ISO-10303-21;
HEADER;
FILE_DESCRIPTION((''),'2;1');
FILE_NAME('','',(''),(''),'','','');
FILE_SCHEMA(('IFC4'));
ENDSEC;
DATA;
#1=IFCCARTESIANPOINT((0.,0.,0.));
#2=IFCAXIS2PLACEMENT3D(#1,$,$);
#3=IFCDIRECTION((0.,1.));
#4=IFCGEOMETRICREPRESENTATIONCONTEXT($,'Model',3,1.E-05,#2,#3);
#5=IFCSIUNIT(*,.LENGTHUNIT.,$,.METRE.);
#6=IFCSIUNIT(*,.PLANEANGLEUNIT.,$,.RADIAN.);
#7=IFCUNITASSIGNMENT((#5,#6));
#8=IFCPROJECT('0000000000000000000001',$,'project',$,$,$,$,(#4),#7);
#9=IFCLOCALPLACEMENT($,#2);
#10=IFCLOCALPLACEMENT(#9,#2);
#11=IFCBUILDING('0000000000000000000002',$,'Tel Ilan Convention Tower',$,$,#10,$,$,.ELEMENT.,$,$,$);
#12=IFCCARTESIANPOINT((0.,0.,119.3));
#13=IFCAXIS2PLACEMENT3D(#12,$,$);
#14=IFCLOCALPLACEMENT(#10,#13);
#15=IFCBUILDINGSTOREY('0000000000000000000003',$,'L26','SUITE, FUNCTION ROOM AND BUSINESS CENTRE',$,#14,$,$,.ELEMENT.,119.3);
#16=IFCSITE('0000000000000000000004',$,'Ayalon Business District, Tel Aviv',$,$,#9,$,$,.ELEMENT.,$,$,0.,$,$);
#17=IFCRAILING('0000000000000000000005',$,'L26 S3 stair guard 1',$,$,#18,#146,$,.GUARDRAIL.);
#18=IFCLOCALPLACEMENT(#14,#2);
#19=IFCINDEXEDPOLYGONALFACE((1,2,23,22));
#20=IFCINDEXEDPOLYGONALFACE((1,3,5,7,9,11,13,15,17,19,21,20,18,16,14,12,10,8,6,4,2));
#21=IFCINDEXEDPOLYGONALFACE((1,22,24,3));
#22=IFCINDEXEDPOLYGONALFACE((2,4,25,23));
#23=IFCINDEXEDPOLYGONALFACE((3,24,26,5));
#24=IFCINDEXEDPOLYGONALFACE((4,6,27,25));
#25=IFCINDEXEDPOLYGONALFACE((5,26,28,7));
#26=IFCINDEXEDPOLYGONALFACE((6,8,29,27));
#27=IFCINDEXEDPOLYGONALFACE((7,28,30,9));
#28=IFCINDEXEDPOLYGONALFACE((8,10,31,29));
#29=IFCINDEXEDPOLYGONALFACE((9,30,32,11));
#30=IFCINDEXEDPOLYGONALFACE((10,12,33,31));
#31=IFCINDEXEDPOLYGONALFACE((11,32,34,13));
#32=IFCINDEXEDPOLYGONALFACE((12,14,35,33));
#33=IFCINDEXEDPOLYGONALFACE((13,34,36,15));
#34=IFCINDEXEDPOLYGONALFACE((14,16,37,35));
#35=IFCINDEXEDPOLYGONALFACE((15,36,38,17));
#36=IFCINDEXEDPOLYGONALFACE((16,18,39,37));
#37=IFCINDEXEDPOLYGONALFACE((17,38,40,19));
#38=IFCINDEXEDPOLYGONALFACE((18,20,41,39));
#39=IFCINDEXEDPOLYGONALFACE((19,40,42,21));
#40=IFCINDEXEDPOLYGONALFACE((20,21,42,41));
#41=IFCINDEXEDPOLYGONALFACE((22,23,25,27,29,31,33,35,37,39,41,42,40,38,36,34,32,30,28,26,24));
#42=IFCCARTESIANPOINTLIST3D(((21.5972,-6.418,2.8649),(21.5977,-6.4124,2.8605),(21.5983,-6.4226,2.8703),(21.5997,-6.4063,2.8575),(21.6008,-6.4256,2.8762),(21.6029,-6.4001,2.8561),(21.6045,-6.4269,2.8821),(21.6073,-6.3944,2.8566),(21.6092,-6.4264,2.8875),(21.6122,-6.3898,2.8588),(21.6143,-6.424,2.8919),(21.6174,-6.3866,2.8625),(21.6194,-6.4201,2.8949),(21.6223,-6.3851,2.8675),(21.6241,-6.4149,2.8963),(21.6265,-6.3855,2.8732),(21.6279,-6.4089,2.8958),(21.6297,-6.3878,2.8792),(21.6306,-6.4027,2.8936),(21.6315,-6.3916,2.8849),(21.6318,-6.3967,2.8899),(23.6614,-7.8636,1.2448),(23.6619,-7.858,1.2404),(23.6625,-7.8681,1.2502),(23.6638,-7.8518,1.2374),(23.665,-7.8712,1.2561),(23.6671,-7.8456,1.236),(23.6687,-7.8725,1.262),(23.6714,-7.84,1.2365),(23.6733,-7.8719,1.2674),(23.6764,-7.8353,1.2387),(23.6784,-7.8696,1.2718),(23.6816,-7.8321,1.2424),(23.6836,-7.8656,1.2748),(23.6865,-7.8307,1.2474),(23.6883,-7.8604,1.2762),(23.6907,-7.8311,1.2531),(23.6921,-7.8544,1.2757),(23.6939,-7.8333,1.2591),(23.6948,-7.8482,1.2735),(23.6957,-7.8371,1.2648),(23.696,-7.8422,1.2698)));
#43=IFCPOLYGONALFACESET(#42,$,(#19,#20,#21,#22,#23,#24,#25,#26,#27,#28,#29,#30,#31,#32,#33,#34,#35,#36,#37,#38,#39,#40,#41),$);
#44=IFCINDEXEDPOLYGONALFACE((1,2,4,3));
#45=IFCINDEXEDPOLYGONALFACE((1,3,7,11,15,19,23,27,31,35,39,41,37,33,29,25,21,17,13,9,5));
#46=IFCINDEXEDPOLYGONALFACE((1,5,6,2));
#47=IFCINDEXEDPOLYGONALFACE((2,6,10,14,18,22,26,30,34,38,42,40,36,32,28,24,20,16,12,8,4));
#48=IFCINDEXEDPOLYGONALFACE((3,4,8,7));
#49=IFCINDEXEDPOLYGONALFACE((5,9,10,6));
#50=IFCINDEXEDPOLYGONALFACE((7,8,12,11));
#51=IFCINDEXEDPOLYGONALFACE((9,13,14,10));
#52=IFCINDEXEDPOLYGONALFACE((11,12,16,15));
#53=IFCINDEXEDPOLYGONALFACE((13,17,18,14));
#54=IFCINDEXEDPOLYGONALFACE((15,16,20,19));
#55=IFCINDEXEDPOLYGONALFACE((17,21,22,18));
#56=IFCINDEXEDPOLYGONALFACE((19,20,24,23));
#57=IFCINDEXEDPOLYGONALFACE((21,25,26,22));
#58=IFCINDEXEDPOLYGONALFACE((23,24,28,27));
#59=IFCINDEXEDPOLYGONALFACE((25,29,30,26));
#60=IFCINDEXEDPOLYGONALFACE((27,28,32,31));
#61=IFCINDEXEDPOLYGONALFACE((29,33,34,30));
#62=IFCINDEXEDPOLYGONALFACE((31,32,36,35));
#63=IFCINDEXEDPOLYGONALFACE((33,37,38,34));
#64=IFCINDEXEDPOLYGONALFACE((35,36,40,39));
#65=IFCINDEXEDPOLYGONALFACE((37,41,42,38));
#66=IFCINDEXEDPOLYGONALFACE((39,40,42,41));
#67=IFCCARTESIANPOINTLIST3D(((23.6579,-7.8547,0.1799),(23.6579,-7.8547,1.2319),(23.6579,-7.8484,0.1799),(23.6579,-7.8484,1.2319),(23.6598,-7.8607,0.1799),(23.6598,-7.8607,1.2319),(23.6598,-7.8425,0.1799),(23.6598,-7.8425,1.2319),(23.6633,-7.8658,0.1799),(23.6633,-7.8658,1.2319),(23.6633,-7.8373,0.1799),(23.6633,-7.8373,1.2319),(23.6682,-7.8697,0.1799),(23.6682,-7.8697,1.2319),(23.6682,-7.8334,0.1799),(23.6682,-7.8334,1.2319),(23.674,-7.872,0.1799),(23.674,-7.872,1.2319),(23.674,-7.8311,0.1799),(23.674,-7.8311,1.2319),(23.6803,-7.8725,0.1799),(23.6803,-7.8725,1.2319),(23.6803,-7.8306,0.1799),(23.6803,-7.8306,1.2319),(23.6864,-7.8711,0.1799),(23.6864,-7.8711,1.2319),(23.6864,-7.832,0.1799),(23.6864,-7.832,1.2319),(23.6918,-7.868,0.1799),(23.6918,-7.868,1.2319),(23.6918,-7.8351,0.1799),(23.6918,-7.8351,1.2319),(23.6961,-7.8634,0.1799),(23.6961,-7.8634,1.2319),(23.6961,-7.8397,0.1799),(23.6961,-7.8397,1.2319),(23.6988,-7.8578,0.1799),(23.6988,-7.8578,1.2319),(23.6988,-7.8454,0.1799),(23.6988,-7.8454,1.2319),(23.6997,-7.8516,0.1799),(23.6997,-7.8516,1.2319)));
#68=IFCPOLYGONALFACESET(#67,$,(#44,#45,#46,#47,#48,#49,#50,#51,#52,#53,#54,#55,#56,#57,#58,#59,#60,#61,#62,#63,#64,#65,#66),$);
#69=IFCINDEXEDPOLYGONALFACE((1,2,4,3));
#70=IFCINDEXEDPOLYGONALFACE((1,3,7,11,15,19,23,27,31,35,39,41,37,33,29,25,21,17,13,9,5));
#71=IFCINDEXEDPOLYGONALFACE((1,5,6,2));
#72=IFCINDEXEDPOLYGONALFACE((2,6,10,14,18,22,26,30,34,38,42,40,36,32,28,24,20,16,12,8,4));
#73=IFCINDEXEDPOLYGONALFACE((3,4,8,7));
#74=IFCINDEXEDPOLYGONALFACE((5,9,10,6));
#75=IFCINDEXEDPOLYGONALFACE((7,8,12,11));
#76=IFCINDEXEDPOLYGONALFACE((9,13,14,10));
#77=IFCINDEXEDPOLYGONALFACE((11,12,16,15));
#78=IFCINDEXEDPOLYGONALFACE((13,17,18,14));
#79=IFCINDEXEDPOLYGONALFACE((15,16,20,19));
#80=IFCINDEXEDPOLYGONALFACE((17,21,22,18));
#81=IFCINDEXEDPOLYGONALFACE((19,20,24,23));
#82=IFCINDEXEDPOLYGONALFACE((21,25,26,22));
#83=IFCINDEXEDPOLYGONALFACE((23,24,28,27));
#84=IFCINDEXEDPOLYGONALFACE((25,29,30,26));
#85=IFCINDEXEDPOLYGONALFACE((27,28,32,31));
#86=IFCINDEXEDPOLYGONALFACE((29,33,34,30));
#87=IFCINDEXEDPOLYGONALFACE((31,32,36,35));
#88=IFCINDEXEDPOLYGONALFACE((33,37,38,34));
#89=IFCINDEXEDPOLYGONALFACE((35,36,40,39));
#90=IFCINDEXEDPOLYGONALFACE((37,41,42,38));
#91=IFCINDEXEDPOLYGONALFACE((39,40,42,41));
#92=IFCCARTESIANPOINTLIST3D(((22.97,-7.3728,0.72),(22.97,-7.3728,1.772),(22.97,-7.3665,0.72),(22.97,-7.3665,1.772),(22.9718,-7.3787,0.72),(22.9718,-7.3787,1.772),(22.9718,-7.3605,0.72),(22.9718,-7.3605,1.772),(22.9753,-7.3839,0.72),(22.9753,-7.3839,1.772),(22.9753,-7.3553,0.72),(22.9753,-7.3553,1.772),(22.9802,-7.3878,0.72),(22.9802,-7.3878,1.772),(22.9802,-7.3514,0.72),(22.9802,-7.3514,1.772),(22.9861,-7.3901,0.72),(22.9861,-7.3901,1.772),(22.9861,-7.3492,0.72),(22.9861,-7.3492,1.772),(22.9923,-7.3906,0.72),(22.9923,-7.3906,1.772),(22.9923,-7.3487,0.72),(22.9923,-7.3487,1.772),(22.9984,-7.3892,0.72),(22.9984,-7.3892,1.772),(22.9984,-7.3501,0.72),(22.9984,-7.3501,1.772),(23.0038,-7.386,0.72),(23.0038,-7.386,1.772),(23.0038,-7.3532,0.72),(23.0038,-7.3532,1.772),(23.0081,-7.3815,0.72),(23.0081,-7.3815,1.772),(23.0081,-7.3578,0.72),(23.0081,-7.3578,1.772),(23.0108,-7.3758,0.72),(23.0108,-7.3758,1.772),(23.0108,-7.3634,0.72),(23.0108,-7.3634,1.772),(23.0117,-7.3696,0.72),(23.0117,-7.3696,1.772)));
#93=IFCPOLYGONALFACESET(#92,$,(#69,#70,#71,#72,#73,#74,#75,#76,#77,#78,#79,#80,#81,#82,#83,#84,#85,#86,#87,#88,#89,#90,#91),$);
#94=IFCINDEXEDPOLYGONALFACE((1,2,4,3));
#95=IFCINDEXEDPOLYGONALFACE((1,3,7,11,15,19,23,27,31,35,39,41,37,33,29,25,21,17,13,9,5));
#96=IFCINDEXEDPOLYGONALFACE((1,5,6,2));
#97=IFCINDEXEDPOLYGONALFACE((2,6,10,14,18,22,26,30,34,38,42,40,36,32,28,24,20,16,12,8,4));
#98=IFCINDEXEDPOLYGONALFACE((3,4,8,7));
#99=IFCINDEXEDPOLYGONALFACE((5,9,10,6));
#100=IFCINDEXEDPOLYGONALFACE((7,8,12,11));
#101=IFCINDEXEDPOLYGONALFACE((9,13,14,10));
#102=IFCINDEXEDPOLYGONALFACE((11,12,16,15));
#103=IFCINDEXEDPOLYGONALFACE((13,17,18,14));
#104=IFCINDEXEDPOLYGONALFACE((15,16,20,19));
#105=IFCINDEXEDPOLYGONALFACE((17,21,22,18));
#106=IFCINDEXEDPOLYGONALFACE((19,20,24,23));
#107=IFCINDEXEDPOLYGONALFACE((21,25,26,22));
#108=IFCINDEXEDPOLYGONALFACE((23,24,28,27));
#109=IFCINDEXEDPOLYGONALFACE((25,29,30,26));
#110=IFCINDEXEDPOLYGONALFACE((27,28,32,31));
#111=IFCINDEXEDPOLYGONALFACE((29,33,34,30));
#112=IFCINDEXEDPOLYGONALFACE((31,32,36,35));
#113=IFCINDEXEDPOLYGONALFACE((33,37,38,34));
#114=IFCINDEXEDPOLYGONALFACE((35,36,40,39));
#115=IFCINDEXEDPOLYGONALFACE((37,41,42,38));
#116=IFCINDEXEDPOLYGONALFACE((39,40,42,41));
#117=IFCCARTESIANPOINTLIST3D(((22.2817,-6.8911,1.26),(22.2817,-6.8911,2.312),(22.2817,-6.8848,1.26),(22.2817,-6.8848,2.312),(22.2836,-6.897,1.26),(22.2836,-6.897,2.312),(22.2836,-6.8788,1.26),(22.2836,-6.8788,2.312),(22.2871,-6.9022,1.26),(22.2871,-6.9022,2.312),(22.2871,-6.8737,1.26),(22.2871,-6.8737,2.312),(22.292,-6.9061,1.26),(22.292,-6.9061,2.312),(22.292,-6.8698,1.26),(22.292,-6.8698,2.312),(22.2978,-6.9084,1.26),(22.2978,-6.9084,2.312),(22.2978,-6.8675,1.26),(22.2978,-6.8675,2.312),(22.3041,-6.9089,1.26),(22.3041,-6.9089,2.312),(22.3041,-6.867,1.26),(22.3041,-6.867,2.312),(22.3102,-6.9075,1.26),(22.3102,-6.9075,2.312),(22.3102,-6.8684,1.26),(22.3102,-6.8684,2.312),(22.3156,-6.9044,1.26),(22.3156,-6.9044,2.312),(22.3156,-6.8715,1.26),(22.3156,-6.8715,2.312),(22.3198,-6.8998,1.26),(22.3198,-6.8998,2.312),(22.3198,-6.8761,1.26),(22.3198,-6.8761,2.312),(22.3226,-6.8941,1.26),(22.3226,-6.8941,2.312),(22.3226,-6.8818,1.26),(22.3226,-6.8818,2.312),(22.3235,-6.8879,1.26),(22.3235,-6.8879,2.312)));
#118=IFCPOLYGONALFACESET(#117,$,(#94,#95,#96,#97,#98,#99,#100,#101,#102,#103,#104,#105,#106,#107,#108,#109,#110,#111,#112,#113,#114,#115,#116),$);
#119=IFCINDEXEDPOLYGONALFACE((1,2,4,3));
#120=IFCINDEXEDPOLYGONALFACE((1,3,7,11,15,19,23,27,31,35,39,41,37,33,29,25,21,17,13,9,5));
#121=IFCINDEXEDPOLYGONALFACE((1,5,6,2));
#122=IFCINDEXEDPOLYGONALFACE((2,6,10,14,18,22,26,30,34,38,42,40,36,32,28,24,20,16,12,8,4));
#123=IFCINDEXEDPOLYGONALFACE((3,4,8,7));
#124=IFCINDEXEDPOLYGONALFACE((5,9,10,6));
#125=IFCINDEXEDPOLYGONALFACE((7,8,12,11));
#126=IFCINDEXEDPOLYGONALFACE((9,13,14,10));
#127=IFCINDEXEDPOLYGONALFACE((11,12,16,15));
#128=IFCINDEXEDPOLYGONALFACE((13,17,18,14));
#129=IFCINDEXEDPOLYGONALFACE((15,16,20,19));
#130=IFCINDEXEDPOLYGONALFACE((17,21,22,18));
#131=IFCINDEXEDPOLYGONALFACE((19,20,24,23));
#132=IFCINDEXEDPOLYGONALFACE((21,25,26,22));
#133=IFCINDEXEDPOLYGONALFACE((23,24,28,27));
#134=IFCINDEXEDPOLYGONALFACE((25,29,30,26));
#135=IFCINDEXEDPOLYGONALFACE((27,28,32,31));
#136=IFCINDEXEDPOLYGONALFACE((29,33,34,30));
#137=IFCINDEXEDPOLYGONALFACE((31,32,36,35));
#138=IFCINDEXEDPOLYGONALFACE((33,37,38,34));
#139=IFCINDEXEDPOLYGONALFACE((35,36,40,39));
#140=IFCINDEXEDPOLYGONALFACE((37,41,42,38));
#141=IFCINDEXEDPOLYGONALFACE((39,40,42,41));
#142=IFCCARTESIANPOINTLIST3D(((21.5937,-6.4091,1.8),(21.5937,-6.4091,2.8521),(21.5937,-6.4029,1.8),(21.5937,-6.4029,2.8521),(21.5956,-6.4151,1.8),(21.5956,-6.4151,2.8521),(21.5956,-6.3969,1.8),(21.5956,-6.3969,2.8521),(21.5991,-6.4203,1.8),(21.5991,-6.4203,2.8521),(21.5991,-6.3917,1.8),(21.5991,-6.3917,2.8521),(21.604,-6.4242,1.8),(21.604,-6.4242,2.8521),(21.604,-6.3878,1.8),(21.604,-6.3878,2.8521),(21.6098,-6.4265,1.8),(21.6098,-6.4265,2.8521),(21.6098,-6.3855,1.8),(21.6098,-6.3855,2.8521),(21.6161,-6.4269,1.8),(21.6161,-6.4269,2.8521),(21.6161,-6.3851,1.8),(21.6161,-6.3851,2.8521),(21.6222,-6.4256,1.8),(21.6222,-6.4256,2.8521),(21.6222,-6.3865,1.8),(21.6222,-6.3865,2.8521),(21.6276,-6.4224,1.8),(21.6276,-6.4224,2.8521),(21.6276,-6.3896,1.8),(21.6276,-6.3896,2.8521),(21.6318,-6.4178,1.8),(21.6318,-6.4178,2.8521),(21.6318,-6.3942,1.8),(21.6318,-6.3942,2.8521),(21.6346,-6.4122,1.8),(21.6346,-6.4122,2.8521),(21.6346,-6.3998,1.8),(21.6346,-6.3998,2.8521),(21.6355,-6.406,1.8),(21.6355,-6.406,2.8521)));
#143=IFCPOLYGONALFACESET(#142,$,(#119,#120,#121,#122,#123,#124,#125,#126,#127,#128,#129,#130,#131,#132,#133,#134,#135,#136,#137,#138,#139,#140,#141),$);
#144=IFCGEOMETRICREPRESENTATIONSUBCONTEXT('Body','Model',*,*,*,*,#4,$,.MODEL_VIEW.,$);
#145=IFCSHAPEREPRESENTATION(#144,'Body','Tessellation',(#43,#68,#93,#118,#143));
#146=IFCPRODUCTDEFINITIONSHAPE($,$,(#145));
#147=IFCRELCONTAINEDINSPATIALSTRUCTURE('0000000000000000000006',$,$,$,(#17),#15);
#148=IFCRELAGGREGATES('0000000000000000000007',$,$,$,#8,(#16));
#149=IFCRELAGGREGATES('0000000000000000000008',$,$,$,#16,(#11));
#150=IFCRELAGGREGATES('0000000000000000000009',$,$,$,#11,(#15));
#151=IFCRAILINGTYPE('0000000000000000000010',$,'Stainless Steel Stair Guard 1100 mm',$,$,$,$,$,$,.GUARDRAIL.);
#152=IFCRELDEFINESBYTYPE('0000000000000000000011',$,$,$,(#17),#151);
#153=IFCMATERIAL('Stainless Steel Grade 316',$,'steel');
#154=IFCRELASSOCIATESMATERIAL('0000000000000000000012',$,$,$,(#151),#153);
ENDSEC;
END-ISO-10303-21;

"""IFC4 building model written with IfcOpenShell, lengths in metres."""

from ifc_helpers import new_model, si_unit, direction, frame, origin, origin_2d, place, context, subcontext, project, spatial, circle, extrude, material, type_object, element, save


model = new_model("IFC4")

# Units and contexts
model_context = context("Model", 3, precision=1e-05, world=origin(), true_north=direction((0.0, 1.0)))
body_context = subcontext(model_context, "Body", "Model", "MODEL_VIEW")
ifc_project = project(units=[si_unit("LENGTHUNIT", "METRE"), si_unit("PLANEANGLEUNIT", "RADIAN")], contexts=[model_context])

# Site, building, storey
site_placement = place(None, origin())
site = spatial("IfcSite", under=ifc_project, at=site_placement, Name="Ayalon Business District, Tel Aviv", CompositionType="ELEMENT", RefElevation=0.0)
building_placement = place(site_placement, origin())
building = spatial("IfcBuilding", under=site, at=building_placement, Name="Tel Ilan Convention Tower", CompositionType="ELEMENT")
storey_placement = place(building_placement, frame((0.0, 0.0, 119.3)))
storey = spatial("IfcBuildingStorey", under=building, at=storey_placement, Name="L26", Description="SUITE, FUNCTION ROOM AND BUSINESS CENTRE", CompositionType="ELEMENT", Elevation=119.3)

# Railing
ifc_material_1 = material(Name="Stainless Steel Grade 316", Category="steel")
railing_type_1 = type_object("IfcRailingType", Name="Stainless Steel Stair Guard 1100 mm", PredefinedType="GUARDRAIL", material=ifc_material_1)
railing_1_placement = place(storey_placement, frame((23.6787, -7.8516, 0.1799)))
element("IfcRailing", 1, at=railing_1_placement, inside=storey, type_object=railing_type_1, Name="L26 S3 stair guard 1", PredefinedType="GUARDRAIL", context=body_context, shape_type="SweptSolid", body=[
    extrude(circle(Radius=0.0239, at=origin_2d()), frame((0.0, 0.0, 1.0762), z_axis=(-0.689013, 0.482513, 0.540779), x_axis=(-0.573625, -0.819118, 0.0)), (0.0, 0.0, 1.0), 2.9958),
    extrude(circle(Radius=0.021, at=origin_2d()), origin(), (0.0, 0.0, 1.0), 1.052),
    extrude(circle(Radius=0.021, at=origin_2d()), frame((-0.688, 0.4819, 0.54)), (0.0, 0.0, 1.0), 1.052),
    extrude(circle(Radius=0.021, at=origin_2d()), frame((-1.3762, 0.9636, 1.0801)), (0.0, 0.0, 1.0), 1.052),
    extrude(circle(Radius=0.021, at=origin_2d()), frame((-2.0642, 1.4456, 1.6201)), (0.0, 0.0, 1.0), 1.052),
])

save(model, "model.ifc")
